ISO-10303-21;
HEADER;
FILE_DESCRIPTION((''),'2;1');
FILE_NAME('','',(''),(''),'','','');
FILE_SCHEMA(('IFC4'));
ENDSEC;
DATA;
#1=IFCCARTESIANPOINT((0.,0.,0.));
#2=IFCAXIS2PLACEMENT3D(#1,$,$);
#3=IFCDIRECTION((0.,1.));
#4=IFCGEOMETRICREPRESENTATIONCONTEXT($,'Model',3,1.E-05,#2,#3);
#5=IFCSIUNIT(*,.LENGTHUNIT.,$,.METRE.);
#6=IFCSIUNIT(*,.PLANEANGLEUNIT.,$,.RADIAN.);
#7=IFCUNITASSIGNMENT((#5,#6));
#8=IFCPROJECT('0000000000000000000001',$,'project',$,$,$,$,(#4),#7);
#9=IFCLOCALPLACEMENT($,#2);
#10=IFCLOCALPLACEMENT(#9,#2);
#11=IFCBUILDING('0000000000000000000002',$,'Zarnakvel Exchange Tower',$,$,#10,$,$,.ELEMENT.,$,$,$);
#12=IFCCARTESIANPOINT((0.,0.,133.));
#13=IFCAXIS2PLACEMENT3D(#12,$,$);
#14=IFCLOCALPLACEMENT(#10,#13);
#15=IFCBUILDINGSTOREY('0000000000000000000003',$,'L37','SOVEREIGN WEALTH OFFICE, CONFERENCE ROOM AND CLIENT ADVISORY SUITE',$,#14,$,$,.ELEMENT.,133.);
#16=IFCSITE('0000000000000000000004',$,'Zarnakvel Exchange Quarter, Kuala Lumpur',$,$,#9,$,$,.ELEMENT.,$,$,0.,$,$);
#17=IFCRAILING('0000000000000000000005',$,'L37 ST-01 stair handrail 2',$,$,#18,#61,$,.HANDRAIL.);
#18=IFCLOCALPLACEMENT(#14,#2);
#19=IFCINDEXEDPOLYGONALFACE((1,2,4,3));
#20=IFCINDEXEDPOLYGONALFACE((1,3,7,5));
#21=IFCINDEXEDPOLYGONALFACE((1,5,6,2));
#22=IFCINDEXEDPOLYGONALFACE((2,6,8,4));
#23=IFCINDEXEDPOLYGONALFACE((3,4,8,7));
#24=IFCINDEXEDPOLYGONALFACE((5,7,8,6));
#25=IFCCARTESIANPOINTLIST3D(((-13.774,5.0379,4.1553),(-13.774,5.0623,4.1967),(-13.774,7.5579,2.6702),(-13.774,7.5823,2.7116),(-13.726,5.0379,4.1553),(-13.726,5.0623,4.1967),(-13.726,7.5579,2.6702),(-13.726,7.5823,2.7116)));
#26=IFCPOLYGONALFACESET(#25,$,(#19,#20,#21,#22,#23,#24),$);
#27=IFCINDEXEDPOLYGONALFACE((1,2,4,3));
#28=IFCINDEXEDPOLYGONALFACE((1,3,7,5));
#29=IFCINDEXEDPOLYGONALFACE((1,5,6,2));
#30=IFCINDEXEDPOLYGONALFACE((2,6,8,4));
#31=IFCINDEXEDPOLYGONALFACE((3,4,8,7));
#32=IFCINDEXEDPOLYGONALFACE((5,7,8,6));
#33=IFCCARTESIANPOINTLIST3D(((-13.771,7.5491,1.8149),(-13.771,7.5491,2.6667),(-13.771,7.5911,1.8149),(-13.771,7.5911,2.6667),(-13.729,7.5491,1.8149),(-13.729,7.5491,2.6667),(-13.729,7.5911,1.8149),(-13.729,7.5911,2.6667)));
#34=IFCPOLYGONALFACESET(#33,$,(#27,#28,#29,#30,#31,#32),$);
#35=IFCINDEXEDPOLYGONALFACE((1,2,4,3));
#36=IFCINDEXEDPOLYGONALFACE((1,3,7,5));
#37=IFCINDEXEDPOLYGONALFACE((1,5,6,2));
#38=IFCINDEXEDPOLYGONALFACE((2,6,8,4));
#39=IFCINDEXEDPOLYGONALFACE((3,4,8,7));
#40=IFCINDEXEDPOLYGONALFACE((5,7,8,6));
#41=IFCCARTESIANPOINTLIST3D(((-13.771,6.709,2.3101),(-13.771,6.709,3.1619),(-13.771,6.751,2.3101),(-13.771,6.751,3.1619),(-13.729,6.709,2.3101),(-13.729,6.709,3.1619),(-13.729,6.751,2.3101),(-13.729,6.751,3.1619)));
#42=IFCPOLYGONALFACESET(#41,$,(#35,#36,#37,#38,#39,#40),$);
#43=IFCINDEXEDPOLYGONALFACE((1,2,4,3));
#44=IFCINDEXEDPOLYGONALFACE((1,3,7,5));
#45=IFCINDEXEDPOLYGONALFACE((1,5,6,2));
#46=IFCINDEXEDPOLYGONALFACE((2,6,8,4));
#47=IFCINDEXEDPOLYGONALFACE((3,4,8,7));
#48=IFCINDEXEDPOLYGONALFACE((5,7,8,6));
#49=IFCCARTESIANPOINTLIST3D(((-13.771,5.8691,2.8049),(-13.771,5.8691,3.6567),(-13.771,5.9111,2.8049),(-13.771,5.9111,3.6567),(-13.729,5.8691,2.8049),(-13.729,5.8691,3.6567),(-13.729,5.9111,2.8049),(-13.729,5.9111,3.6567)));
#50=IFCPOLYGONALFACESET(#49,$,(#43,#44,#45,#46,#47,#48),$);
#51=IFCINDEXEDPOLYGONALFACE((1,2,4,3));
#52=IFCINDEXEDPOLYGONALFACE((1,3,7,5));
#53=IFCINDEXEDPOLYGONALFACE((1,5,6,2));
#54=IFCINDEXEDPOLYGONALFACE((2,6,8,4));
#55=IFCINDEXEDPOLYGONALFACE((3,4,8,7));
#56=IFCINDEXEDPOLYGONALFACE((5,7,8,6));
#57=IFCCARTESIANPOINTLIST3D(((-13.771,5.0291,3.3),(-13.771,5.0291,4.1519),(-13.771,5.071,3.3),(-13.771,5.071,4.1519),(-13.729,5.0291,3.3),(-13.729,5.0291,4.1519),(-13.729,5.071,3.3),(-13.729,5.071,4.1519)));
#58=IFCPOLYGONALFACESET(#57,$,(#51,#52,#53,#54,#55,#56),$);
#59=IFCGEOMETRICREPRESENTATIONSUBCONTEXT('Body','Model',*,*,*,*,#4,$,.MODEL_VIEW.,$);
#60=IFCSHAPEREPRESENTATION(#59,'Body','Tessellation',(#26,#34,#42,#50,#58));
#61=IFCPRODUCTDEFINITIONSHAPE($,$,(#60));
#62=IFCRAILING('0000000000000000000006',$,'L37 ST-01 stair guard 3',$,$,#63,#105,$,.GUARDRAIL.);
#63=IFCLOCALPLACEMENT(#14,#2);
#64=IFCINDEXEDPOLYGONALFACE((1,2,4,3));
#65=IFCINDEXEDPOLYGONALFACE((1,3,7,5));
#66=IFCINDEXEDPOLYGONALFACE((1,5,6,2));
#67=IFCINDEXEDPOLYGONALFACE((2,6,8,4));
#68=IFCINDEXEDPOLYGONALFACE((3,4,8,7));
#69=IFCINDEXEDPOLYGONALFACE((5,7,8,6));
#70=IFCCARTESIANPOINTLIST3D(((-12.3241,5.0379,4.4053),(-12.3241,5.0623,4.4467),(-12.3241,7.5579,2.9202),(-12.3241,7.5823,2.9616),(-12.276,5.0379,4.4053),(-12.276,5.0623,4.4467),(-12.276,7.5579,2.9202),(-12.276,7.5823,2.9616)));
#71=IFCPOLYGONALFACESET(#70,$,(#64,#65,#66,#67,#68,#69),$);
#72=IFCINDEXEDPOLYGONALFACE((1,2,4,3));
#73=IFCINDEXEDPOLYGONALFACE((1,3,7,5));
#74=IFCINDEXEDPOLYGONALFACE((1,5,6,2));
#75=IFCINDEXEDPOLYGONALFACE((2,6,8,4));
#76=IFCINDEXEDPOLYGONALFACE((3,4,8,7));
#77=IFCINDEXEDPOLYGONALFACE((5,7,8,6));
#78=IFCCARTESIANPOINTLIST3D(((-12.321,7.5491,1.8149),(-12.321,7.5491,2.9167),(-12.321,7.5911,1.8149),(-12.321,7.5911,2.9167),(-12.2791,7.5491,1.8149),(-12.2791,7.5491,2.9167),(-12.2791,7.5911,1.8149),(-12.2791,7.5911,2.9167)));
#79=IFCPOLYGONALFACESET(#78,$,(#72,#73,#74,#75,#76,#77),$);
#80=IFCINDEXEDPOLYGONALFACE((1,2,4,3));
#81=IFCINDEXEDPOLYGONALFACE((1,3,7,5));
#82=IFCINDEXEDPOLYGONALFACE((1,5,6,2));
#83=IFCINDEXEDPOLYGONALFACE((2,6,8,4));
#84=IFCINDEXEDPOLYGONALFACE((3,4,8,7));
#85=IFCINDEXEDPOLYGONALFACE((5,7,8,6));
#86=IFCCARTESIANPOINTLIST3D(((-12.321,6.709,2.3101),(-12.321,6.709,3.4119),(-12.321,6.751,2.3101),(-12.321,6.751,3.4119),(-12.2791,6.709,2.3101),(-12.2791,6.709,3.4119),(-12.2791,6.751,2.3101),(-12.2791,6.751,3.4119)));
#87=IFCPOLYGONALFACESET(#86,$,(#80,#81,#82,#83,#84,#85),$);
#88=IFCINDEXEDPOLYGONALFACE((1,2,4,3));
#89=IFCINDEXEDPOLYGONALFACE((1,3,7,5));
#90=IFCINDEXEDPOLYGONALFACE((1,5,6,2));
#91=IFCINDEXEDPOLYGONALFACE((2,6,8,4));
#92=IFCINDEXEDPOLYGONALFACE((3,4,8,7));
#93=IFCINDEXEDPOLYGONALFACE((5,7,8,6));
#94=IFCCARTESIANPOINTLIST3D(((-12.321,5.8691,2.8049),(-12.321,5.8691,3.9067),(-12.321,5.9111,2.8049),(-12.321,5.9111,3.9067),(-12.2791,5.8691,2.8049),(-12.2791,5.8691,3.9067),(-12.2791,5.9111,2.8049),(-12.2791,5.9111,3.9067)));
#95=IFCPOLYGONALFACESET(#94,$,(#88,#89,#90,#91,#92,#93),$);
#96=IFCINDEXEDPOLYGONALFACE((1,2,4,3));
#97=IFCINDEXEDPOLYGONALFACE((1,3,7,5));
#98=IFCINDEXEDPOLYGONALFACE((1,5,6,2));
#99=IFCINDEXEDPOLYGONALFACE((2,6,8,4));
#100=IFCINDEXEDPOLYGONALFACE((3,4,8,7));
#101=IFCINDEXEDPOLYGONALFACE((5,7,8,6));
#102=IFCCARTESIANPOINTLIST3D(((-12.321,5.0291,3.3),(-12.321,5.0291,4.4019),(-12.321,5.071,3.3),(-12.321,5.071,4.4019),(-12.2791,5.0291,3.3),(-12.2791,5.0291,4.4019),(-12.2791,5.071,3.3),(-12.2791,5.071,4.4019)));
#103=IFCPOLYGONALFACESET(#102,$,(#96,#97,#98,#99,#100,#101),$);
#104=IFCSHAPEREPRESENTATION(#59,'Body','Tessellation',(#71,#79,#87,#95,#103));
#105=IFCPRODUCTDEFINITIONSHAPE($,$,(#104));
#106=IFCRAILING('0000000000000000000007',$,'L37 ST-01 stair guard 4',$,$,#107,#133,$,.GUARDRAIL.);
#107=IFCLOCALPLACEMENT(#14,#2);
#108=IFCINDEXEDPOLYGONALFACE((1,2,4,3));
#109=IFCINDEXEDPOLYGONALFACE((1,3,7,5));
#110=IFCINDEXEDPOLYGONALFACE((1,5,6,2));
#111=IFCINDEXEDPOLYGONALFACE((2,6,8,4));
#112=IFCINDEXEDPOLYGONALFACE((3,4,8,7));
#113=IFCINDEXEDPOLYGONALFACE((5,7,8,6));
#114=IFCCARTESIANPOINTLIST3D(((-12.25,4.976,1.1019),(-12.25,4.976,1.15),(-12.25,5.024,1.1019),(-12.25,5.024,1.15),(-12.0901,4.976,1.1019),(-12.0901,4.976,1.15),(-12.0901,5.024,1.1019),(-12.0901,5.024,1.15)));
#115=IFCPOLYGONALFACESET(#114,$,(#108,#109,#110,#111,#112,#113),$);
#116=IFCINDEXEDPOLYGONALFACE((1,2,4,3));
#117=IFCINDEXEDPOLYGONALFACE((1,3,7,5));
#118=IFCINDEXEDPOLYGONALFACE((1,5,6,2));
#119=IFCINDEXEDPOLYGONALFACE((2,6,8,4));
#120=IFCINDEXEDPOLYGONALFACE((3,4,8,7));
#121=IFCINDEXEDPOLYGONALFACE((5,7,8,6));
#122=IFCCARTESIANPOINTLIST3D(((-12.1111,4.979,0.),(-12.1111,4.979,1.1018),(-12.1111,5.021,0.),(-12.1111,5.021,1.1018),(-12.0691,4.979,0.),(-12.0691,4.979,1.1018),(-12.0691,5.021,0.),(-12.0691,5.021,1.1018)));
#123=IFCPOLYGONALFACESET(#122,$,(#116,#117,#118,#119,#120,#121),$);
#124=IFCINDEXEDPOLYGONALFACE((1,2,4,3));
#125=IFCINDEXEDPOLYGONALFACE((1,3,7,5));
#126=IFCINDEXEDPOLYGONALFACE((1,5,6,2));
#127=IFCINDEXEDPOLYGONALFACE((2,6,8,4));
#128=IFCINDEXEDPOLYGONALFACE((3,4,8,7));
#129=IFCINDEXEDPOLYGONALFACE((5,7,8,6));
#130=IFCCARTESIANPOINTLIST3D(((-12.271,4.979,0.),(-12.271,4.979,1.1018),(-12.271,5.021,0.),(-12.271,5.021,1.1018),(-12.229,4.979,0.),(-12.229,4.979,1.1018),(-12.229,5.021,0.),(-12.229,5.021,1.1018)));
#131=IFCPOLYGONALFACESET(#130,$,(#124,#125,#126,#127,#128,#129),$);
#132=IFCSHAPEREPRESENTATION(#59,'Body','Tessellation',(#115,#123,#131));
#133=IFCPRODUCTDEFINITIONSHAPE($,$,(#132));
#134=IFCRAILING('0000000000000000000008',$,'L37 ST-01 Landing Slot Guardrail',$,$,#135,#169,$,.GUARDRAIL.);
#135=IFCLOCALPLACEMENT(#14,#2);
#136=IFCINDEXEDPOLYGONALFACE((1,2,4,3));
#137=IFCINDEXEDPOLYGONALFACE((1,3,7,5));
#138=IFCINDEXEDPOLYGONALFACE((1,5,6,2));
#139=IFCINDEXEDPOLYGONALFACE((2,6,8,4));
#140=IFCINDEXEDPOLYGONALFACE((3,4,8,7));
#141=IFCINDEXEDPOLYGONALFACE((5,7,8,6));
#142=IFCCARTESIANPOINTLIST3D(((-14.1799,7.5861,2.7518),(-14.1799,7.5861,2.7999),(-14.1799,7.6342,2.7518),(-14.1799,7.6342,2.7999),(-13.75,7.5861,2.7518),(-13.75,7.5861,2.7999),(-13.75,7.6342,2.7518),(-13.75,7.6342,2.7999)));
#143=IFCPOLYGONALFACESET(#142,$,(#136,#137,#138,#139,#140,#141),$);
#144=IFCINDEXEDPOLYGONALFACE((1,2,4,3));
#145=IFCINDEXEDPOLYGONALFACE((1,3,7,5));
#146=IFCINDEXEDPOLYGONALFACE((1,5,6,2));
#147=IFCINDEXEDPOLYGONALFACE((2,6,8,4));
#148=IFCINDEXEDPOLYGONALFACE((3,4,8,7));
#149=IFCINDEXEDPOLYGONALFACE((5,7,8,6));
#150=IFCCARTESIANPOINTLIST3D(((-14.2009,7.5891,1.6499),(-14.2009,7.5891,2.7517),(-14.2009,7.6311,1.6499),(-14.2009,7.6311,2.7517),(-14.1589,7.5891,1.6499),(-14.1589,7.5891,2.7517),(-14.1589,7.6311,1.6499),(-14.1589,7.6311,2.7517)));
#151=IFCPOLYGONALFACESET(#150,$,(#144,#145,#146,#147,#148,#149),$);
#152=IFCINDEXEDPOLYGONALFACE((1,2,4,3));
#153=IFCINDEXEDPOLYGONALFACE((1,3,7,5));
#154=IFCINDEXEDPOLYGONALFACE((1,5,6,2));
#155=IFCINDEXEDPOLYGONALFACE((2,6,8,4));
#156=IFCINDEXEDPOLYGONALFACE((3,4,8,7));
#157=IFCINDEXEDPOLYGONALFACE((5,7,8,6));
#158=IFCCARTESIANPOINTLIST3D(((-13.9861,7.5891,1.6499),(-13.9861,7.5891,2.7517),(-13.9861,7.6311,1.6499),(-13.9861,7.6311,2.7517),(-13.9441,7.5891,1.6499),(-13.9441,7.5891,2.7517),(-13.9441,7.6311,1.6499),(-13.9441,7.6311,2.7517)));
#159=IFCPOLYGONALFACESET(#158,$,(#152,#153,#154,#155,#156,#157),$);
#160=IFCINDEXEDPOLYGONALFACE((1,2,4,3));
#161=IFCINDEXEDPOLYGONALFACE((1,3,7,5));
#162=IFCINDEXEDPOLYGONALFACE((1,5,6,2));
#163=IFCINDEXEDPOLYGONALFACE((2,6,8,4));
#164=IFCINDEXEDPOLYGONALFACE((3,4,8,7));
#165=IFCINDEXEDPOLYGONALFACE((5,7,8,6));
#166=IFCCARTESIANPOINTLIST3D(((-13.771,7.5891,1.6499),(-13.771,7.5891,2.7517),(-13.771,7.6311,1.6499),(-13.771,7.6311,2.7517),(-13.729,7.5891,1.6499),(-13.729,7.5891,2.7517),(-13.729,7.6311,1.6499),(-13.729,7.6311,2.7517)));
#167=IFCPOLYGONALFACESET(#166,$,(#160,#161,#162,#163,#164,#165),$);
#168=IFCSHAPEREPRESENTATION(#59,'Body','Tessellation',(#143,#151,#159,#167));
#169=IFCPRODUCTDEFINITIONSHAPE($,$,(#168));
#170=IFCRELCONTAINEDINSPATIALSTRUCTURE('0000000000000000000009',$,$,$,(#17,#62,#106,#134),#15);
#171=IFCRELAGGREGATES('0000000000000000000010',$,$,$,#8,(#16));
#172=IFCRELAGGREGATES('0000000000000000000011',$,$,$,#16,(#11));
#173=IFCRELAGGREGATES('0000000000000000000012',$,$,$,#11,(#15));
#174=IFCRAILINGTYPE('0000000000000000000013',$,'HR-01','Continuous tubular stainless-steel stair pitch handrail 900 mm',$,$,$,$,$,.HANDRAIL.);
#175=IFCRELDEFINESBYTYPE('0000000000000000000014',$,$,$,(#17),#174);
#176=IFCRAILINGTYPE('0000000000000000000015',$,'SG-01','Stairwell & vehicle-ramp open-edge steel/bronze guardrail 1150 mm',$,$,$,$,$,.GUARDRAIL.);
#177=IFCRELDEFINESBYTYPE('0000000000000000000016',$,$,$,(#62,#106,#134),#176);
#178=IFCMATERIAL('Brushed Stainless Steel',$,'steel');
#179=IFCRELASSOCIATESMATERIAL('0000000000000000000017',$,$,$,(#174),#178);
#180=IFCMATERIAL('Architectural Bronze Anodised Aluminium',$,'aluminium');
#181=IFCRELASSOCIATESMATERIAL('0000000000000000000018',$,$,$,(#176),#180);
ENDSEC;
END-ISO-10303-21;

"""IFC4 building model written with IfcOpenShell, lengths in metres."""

from ifc_helpers import new_model, si_unit, direction, frame, origin, origin_2d, place, context, subcontext, project, spatial, rectangle, extrude, material, type_object, element, save


model = new_model("IFC4")

# Units and contexts
model_context = context("Model", 3, precision=1e-05, world=origin(), true_north=direction((0.0, 1.0)))
body_context = subcontext(model_context, "Body", "Model", "MODEL_VIEW")
ifc_project = project(units=[si_unit("LENGTHUNIT", "METRE"), si_unit("PLANEANGLEUNIT", "RADIAN")], contexts=[model_context])

# Site, building, storey
site_placement = place(None, origin())
site = spatial("IfcSite", under=ifc_project, at=site_placement, Name="Zarnakvel Exchange Quarter, Kuala Lumpur", CompositionType="ELEMENT", RefElevation=0.0)
building_placement = place(site_placement, origin())
building = spatial("IfcBuilding", under=site, at=building_placement, Name="Zarnakvel Exchange Tower", CompositionType="ELEMENT")
storey_placement = place(building_placement, frame((0.0, 0.0, 133.0)))
storey = spatial("IfcBuildingStorey", under=building, at=storey_placement, Name="L37", Description="SOVEREIGN WEALTH OFFICE, CONFERENCE ROOM AND CLIENT ADVISORY SUITE", CompositionType="ELEMENT", Elevation=133.0)

# Shared definitions
ifc_material_1 = material(Name="Architectural Bronze Anodised Aluminium", Category="aluminium")

# Railings
ifc_material_2 = material(Name="Brushed Stainless Steel", Category="steel")
railing_type_1 = type_object("IfcRailingType", Name="HR-01", Description="Continuous tubular stainless-steel stair pitch handrail 900 mm", PredefinedType="HANDRAIL", material=ifc_material_2)
railing_1_placement = place(storey_placement, frame((-13.75, 7.5701, 1.8149)))
element("IfcRailing", 1, at=railing_1_placement, inside=storey, type_object=railing_type_1, Name="L37 ST-01 stair handrail 2", PredefinedType="HANDRAIL", context=body_context, shape_type="SweptSolid", body=[
    extrude(rectangle(XDim=0.0481, YDim=0.0481, at=origin_2d()), frame((0.0, 0.0, 0.876), z_axis=(0.0, -0.861524, 0.507717), x_axis=(1.0, 0.0, 0.0)), (0.0, 0.0, 1.0), 2.925),
    extrude(rectangle(XDim=0.042, YDim=0.042, at=origin_2d()), origin(), (0.0, 0.0, 1.0), 0.8518),
    extrude(rectangle(XDim=0.042, YDim=0.042, at=origin_2d()), frame((0.0, -0.8401, 0.4951)), (0.0, 0.0, 1.0), 0.8518),
    extrude(rectangle(XDim=0.042, YDim=0.042, at=origin_2d()), frame((0.0, -1.6799, 0.99)), (0.0, 0.0, 1.0), 0.8518),
    extrude(rectangle(XDim=0.042, YDim=0.042, at=origin_2d()), frame((0.0, -2.52, 1.4851)), (0.0, 0.0, 1.0), 0.8518),
])
railing_type_2 = type_object("IfcRailingType", Name="SG-01", Description="Stairwell & vehicle-ramp open-edge steel/bronze guardrail 1150 mm", PredefinedType="GUARDRAIL", material=ifc_material_1)
railing_2_placement = place(storey_placement, frame((-12.3, 7.5701, 1.8149)))
element("IfcRailing", 2, at=railing_2_placement, inside=storey, type_object=railing_type_2, Name="L37 ST-01 stair guard 3", PredefinedType="GUARDRAIL", context=body_context, shape_type="SweptSolid", body=[
    extrude(rectangle(XDim=0.0481, YDim=0.0481, at=origin_2d()), frame((0.0, 0.0, 1.126), z_axis=(0.0, -0.861524, 0.507717), x_axis=(1.0, 0.0, 0.0)), (0.0, 0.0, 1.0), 2.925),
    extrude(rectangle(XDim=0.042, YDim=0.042, at=origin_2d()), origin(), (0.0, 0.0, 1.0), 1.1018),
    extrude(rectangle(XDim=0.042, YDim=0.042, at=origin_2d()), frame((0.0, -0.8401, 0.4951)), (0.0, 0.0, 1.0), 1.1018),
    extrude(rectangle(XDim=0.042, YDim=0.042, at=origin_2d()), frame((0.0, -1.6799, 0.99)), (0.0, 0.0, 1.0), 1.1018),
    extrude(rectangle(XDim=0.042, YDim=0.042, at=origin_2d()), frame((0.0, -2.52, 1.4851)), (0.0, 0.0, 1.0), 1.1018),
])
railing_3_placement = place(storey_placement, frame((-12.0901, 5.0, 0.0)))
element("IfcRailing", 3, at=railing_3_placement, inside=storey, type_object=railing_type_2, Name="L37 ST-01 stair guard 4", PredefinedType="GUARDRAIL", context=body_context, shape_type="SweptSolid", body=[
    extrude(rectangle(XDim=0.0481, YDim=0.0481, at=origin_2d()), frame((0.0, 0.0, 1.126), z_axis=(-1.0, 0.0, 0.0), x_axis=(0.0, -1.0, 0.0)), (0.0, 0.0, 1.0), 0.1599),
    extrude(rectangle(XDim=0.042, YDim=0.042, at=origin_2d()), origin(), (0.0, 0.0, 1.0), 1.1018),
    extrude(rectangle(XDim=0.042, YDim=0.042, at=origin_2d()), frame((-0.1599, 0.0, 0.0)), (0.0, 0.0, 1.0), 1.1018),
])
railing_4_placement = place(storey_placement, frame((-14.1799, 7.6101, 1.6499)))
element("IfcRailing", 4, at=railing_4_placement, inside=storey, type_object=railing_type_2, Name="L37 ST-01 Landing Slot Guardrail", PredefinedType="GUARDRAIL", context=body_context, shape_type="SweptSolid", body=[
    extrude(rectangle(XDim=0.0481, YDim=0.0481, at=origin_2d()), frame((0.0, 0.0, 1.126), z_axis=(1.0, 0.0, 0.0), x_axis=(0.0, 1.0, 0.0)), (0.0, 0.0, 1.0), 0.4299),
    extrude(rectangle(XDim=0.042, YDim=0.042, at=origin_2d()), origin(), (0.0, 0.0, 1.0), 1.1018),
    extrude(rectangle(XDim=0.042, YDim=0.042, at=origin_2d()), frame((0.2148, 0.0, 0.0)), (0.0, 0.0, 1.0), 1.1018),
    extrude(rectangle(XDim=0.042, YDim=0.042, at=origin_2d()), frame((0.4299, 0.0, 0.0)), (0.0, 0.0, 1.0), 1.1018),
])

save(model, "model.ifc")
